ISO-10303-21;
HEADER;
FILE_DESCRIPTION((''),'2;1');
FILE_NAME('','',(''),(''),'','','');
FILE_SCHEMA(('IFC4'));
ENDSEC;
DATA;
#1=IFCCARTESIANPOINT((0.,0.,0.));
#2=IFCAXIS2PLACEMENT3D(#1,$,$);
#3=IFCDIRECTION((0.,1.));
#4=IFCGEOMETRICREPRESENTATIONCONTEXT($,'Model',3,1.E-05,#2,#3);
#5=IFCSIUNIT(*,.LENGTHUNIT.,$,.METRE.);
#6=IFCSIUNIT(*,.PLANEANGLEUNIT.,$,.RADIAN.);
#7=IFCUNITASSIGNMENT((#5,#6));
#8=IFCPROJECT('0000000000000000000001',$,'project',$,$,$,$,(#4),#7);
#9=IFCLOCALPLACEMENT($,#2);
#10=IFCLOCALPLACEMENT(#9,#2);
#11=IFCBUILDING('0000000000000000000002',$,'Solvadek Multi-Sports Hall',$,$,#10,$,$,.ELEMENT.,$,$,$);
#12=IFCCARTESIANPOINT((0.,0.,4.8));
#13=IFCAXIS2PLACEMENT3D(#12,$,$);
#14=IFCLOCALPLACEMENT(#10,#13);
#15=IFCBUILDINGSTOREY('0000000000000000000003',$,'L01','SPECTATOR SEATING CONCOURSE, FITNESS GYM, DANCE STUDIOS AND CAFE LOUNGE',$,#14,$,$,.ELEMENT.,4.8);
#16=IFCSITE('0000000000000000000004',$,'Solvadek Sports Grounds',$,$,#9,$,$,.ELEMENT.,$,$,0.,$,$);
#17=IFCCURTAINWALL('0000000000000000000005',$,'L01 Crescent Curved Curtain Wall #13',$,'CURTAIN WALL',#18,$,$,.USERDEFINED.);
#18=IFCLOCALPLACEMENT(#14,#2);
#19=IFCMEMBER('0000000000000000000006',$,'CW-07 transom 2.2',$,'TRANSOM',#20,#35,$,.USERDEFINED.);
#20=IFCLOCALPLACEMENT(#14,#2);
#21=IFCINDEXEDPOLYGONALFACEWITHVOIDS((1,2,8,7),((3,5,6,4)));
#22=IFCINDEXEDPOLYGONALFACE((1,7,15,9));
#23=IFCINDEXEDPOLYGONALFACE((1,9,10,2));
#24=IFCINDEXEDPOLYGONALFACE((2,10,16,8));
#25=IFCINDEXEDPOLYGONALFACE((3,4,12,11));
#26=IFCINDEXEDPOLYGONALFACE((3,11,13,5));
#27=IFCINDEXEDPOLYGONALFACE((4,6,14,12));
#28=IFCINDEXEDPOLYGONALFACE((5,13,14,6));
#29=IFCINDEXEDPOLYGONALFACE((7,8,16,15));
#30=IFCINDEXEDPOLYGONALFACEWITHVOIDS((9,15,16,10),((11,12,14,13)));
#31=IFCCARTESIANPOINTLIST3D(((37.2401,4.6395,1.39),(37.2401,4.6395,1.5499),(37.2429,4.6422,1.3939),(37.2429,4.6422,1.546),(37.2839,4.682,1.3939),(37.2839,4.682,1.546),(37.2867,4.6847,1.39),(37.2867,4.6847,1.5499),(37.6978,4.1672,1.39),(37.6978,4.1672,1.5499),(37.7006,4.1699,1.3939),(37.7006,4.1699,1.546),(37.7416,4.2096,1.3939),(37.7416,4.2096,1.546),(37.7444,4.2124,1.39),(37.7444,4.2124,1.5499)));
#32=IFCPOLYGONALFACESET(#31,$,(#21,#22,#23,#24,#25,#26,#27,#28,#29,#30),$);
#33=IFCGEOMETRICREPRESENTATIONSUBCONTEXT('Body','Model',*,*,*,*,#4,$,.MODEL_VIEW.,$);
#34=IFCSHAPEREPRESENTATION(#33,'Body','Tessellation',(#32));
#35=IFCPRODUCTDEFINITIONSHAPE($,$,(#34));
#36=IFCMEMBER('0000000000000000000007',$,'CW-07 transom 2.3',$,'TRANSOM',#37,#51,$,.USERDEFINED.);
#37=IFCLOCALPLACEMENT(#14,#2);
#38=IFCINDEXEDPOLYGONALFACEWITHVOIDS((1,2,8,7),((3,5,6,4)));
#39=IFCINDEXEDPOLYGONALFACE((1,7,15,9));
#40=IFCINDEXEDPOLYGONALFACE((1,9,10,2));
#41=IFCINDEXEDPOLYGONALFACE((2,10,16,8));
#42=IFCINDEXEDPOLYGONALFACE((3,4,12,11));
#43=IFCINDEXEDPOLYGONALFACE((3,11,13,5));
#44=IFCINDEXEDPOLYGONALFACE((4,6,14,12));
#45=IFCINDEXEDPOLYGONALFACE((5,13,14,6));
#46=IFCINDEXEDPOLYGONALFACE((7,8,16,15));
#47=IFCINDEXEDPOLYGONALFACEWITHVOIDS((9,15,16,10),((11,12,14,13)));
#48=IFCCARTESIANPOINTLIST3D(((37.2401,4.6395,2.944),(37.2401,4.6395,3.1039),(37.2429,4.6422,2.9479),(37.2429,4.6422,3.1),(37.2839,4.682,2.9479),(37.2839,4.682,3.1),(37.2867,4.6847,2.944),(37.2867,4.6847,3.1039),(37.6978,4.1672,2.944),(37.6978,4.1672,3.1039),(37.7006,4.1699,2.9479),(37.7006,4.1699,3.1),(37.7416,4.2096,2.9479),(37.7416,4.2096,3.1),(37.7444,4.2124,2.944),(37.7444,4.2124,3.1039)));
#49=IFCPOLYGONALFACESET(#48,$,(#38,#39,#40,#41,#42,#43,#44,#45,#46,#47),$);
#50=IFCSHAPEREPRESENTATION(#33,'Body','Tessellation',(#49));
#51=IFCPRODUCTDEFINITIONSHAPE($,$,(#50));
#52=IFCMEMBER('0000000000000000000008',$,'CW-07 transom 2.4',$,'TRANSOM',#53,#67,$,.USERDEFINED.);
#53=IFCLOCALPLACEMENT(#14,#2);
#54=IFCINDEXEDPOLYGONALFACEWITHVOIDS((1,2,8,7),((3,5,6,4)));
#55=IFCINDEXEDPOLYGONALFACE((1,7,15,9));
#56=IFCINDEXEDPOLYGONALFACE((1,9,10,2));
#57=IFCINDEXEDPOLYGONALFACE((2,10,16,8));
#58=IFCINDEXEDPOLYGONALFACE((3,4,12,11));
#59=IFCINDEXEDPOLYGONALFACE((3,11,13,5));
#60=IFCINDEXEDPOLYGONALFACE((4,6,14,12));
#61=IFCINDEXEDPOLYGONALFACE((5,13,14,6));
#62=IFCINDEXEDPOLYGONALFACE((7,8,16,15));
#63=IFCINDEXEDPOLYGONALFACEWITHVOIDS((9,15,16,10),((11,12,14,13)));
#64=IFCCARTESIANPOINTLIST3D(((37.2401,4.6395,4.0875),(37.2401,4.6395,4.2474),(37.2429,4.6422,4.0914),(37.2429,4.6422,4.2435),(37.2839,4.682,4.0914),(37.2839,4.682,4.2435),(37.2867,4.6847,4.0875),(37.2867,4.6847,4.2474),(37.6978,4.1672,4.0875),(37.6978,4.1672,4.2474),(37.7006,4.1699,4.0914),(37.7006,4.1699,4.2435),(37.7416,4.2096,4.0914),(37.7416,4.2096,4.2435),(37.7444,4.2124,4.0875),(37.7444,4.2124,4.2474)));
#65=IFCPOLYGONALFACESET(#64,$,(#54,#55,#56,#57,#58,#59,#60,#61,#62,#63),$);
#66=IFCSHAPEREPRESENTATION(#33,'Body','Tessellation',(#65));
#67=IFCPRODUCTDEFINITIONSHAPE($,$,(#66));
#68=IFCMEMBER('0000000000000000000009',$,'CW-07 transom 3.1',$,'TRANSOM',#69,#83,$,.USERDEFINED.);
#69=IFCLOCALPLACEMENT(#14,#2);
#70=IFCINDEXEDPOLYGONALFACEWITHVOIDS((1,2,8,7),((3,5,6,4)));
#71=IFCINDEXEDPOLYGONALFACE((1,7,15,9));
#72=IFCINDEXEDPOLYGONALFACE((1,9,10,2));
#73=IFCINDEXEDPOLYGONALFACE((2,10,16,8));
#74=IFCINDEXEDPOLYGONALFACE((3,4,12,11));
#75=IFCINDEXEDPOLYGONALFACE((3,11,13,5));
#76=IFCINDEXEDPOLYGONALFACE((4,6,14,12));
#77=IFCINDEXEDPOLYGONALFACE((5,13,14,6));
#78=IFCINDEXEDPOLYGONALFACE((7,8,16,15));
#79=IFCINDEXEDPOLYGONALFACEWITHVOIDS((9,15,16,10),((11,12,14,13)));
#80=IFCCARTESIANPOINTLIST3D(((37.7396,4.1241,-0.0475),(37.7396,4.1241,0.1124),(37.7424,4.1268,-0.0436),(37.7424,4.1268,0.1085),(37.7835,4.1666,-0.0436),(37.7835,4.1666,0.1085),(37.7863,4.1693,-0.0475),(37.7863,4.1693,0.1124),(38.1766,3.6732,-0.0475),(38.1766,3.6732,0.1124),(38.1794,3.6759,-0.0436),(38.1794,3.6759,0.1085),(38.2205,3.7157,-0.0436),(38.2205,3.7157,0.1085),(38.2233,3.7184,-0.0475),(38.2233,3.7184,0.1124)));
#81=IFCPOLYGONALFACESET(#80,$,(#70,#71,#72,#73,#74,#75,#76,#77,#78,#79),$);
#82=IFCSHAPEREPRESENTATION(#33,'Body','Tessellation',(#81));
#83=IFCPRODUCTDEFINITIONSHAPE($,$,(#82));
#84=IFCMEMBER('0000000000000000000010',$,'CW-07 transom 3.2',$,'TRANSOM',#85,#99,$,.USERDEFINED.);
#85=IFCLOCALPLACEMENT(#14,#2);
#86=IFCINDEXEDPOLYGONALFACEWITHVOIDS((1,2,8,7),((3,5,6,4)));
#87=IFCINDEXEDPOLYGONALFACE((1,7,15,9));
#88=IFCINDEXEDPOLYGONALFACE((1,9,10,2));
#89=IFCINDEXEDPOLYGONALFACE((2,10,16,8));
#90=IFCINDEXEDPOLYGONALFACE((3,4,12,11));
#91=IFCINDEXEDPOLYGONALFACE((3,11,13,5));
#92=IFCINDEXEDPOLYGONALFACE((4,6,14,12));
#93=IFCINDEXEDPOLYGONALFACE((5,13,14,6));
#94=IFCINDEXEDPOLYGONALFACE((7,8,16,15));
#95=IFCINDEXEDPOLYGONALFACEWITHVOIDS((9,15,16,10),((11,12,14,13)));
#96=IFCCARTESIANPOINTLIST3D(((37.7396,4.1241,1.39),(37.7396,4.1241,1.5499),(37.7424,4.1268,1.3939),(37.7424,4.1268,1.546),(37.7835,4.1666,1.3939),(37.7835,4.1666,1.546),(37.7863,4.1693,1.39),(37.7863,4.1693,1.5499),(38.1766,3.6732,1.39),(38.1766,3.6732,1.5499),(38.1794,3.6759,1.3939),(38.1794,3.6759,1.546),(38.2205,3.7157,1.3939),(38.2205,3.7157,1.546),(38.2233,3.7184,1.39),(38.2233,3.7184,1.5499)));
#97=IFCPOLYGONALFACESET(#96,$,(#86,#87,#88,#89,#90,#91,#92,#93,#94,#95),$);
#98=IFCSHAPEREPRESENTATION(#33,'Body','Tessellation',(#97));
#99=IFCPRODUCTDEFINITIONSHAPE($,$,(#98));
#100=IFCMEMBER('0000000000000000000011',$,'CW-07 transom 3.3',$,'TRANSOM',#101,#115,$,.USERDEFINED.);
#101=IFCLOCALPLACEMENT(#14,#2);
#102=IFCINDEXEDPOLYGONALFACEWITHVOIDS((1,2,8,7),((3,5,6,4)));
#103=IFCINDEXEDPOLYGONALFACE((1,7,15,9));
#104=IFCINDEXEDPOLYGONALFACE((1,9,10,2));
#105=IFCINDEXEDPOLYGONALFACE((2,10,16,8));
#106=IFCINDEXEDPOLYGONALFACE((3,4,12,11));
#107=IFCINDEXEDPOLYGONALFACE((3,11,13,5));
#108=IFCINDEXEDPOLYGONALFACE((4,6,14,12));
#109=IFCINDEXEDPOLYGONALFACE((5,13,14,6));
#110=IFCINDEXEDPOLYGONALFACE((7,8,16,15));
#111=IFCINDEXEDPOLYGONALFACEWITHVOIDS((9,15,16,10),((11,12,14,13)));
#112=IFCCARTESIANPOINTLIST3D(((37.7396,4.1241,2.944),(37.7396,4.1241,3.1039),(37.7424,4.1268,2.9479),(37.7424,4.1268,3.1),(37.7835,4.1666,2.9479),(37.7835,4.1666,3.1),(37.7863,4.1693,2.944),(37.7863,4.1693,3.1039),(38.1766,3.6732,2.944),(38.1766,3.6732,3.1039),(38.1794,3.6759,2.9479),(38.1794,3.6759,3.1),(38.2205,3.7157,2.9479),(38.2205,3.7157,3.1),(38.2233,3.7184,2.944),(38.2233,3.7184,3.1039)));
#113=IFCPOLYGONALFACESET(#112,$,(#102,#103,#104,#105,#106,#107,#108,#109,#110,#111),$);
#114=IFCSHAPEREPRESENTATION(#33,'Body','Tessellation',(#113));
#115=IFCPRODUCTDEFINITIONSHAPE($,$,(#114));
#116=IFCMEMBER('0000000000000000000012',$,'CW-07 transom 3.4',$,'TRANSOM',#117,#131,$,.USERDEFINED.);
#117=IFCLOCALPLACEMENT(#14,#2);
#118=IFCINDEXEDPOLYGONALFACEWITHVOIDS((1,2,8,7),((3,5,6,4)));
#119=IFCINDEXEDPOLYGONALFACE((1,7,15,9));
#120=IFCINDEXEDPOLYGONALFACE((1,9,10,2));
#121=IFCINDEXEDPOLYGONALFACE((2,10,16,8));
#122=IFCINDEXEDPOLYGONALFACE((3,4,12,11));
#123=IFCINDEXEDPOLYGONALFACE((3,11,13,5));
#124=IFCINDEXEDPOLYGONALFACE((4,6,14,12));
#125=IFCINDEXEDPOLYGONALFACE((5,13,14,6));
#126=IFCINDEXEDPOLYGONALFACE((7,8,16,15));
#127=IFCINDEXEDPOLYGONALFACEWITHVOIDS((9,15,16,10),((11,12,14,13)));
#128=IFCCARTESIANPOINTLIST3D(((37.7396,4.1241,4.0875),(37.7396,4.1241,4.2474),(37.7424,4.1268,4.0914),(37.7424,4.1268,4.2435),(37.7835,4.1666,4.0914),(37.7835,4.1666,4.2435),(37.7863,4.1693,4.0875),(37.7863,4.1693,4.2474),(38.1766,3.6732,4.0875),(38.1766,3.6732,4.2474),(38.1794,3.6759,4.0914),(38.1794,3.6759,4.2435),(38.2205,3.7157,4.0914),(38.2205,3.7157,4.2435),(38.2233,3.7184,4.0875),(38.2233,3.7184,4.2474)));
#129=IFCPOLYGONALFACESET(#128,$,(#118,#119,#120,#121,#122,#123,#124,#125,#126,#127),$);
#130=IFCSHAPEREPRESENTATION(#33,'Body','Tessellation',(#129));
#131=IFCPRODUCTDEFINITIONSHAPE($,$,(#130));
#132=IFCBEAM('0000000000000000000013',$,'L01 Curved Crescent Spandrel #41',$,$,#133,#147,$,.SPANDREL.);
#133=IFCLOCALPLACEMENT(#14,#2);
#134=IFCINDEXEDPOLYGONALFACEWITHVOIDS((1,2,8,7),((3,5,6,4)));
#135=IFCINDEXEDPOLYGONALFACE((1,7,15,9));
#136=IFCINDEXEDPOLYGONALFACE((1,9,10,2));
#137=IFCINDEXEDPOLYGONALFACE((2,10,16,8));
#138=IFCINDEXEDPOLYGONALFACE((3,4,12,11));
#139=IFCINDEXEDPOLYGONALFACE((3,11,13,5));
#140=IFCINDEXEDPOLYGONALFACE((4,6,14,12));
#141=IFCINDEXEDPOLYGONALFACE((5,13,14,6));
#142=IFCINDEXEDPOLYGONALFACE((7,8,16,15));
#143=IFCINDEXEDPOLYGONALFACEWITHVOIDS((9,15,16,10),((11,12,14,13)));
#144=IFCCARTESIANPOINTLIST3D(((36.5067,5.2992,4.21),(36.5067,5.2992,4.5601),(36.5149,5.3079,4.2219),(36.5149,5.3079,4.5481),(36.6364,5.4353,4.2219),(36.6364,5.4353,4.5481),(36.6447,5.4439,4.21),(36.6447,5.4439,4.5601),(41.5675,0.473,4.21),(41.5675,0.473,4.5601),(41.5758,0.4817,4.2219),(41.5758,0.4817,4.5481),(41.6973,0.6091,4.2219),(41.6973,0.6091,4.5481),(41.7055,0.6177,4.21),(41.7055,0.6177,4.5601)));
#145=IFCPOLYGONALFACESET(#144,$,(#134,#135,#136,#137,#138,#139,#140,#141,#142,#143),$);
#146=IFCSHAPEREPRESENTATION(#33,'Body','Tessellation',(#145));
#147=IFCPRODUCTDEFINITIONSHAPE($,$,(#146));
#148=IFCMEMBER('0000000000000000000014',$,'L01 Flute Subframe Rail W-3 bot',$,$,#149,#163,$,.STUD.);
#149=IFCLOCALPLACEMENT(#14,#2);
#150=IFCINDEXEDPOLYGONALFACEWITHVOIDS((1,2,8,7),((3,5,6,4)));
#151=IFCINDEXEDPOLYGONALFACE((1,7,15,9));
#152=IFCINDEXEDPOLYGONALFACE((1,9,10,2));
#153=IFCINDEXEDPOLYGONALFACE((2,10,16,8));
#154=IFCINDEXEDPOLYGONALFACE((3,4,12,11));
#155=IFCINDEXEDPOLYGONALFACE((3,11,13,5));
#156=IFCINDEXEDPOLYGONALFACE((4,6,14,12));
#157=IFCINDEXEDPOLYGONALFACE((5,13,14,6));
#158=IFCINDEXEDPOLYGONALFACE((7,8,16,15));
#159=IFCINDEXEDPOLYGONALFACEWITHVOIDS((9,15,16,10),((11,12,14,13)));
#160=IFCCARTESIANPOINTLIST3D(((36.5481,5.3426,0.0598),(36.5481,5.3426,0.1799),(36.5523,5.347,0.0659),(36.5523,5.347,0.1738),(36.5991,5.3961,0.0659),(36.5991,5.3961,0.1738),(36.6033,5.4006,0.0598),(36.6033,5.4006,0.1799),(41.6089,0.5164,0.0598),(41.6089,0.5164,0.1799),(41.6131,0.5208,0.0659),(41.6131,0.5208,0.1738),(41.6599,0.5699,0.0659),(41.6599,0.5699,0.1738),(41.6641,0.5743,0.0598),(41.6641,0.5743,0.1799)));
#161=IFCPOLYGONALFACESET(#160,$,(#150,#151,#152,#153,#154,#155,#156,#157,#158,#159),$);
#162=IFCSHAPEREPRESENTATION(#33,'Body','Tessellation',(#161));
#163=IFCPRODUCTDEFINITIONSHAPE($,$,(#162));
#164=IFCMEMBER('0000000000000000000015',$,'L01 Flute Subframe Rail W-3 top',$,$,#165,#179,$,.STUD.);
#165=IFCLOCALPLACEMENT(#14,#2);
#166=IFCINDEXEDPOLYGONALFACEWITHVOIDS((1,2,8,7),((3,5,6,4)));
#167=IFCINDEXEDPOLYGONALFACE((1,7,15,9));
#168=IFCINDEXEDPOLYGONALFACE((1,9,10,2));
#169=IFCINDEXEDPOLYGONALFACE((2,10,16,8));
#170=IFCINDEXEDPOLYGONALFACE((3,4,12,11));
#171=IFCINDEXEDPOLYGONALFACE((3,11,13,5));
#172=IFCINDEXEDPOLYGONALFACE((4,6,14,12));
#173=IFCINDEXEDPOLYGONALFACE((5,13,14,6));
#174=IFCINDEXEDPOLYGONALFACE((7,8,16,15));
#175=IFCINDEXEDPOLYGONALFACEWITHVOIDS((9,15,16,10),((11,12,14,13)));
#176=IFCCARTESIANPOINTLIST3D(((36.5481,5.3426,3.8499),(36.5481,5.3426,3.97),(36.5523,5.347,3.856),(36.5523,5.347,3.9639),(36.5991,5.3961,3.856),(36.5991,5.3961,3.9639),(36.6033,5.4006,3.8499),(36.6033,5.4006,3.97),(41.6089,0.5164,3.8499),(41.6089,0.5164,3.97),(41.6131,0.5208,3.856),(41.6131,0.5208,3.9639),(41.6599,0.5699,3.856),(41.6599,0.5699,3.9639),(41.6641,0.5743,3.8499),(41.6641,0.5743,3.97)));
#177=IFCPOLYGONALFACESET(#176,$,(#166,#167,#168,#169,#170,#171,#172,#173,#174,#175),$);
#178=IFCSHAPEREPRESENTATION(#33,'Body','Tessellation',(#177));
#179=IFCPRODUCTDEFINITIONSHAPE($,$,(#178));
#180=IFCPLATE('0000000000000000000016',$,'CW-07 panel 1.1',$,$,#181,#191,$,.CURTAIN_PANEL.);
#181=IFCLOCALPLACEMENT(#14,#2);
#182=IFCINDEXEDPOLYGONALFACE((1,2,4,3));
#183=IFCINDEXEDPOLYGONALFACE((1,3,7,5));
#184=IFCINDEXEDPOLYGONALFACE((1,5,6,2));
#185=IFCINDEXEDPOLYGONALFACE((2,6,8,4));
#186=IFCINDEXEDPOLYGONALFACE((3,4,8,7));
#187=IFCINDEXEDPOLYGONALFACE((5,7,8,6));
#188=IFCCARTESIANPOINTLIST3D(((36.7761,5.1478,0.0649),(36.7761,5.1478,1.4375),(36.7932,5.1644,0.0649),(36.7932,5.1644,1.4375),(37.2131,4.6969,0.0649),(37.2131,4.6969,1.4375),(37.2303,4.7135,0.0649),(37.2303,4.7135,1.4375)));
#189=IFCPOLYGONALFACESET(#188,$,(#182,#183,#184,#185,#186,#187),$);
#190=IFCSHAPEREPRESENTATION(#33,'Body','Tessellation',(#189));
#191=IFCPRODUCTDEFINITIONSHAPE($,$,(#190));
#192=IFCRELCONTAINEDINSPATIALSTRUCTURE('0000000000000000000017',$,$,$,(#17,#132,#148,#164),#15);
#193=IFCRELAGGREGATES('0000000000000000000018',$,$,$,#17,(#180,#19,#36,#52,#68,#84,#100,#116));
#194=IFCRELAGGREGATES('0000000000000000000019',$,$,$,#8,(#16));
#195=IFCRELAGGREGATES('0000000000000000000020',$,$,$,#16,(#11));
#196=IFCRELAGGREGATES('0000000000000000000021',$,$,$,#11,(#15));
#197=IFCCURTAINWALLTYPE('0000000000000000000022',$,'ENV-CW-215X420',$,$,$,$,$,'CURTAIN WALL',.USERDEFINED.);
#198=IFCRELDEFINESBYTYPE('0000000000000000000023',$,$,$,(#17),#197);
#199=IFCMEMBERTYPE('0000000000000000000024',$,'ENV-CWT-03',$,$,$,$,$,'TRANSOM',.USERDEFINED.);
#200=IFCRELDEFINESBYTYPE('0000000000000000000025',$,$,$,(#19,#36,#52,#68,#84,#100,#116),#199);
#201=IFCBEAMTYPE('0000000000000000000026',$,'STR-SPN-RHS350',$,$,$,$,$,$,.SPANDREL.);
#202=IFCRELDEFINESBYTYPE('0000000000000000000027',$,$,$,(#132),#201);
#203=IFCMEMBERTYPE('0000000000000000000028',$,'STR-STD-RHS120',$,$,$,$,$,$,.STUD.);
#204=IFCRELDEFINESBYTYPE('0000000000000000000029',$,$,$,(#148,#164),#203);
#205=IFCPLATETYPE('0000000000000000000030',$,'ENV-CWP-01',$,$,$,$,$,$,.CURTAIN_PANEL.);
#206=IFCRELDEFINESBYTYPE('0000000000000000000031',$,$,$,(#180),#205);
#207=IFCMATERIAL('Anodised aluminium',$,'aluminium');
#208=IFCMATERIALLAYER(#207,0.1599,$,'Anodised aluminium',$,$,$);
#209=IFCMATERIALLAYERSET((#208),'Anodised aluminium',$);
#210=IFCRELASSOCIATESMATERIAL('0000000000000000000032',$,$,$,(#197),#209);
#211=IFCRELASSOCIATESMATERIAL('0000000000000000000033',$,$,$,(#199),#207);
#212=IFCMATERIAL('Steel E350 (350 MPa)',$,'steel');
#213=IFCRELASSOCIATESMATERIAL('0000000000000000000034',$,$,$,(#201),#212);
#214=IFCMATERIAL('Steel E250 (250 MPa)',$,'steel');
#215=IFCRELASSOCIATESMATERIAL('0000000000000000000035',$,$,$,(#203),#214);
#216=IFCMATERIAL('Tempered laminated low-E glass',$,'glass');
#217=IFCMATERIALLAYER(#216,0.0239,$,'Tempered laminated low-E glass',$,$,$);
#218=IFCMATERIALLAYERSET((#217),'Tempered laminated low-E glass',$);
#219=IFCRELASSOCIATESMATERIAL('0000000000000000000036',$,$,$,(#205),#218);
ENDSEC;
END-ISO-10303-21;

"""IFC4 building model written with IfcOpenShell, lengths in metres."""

from ifc_helpers import new_model, si_unit, direction, frame, origin, origin_2d, place, context, subcontext, project, spatial, rectangle, hollow_rectangle, extrude, material, layer, layer_set, material_profile, profile_set, type_object, element, aggregate, save


model = new_model("IFC4")

# Units and contexts
model_context = context("Model", 3, precision=1e-05, world=origin(), true_north=direction((0.0, 1.0)))
body_context = subcontext(model_context, "Body", "Model", "MODEL_VIEW")
ifc_project = project(units=[si_unit("LENGTHUNIT", "METRE"), si_unit("PLANEANGLEUNIT", "RADIAN")], contexts=[model_context])

# Site, building, storey
site_placement = place(None, origin())
site = spatial("IfcSite", under=ifc_project, at=site_placement, Name="Solvadek Sports Grounds", CompositionType="ELEMENT", RefElevation=0.0)
building_placement = place(site_placement, origin())
building = spatial("IfcBuilding", under=site, at=building_placement, Name="Solvadek Multi-Sports Hall", CompositionType="ELEMENT")
storey_placement = place(building_placement, frame((0.0, 0.0, 4.8)))
storey = spatial("IfcBuildingStorey", under=building, at=storey_placement, Name="L01", Description="SPECTATOR SEATING CONCOURSE, FITNESS GYM, DANCE STUDIOS AND CAFE LOUNGE", CompositionType="ELEMENT", Elevation=4.8)

# Shared definitions
ifc_material_1 = material(Name="Steel E350 (350 MPa)", Category="steel")

# Shared definitions
ifc_material_2 = material(Name="Anodised aluminium", Category="aluminium")

# Curtain wall, members
ifc_layer_1 = layer(ifc_material_2, 0.1599, Name="Anodised aluminium")
ifc_layer_set_1 = layer_set([ifc_layer_1], Name="Anodised aluminium")
curtain_wall_type_1 = type_object("IfcCurtainWallType", Name="ENV-CW-215X420", ElementType="CURTAIN WALL", PredefinedType="USERDEFINED", material=ifc_layer_set_1)
curtain_wall_1_placement = place(storey_placement, origin())
curtain_wall_1 = element("IfcCurtainWall", 1, at=curtain_wall_1_placement, inside=storey, type_object=curtain_wall_type_1, Name="L01 Crescent Curved Curtain Wall #13", ObjectType="CURTAIN WALL", PredefinedType="USERDEFINED")
ifc_material_profile_1 = material_profile(ifc_material_2, hollow_rectangle(XDim=0.0649, YDim=0.1599, WallThickness=0.0039, at=origin_2d()), Name="ALU-T 160x65x4")
ifc_profile_set_1 = profile_set([ifc_material_profile_1], Name="Anodised aluminium")
member_type_1 = type_object("IfcMemberType", Name="ENV-CWT-03", ElementType="TRANSOM", PredefinedType="USERDEFINED", material=ifc_profile_set_1)
member_1_placement = place(storey_placement, frame((37.2634, 4.6621, 1.47), z_axis=(0.695885, -0.718153, 0.0), x_axis=(0.718153, 0.695885, 0.0)))
member_1 = element("IfcMember", 2, at=member_1_placement, type_object=member_type_1, Name="CW-07 transom 2.2", ObjectType="TRANSOM", PredefinedType="USERDEFINED", context=body_context, shape_type="SweptSolid", body=[
    extrude(hollow_rectangle(XDim=0.0649, YDim=0.1599, WallThickness=0.0039, at=origin_2d()), origin(), (0.0, 0.0, 1.0), 0.6577),
])
member_2_placement = place(storey_placement, frame((37.2634, 4.6621, 3.0239), z_axis=(0.695885, -0.718153, 0.0), x_axis=(0.718153, 0.695885, 0.0)))
member_2 = element("IfcMember", 3, at=member_2_placement, type_object=member_type_1, Name="CW-07 transom 2.3", ObjectType="TRANSOM", PredefinedType="USERDEFINED", context=body_context, shape_type="SweptSolid", body=[
    extrude(hollow_rectangle(XDim=0.0649, YDim=0.1599, WallThickness=0.0039, at=origin_2d()), origin(), (0.0, 0.0, 1.0), 0.6577),
])
member_3_placement = place(storey_placement, frame((37.2634, 4.6621, 4.1675), z_axis=(0.695885, -0.718153, 0.0), x_axis=(0.718153, 0.695885, 0.0)))
member_3 = element("IfcMember", 4, at=member_3_placement, type_object=member_type_1, Name="CW-07 transom 2.4", ObjectType="TRANSOM", PredefinedType="USERDEFINED", context=body_context, shape_type="SweptSolid", body=[
    extrude(hollow_rectangle(XDim=0.0649, YDim=0.1599, WallThickness=0.0039, at=origin_2d()), origin(), (0.0, 0.0, 1.0), 0.6577),
])
member_4_placement = place(storey_placement, frame((37.7629, 4.1467, 0.0325), z_axis=(0.695939, -0.718101, 0.0), x_axis=(0.718101, 0.695939, 0.0)))
member_4 = element("IfcMember", 5, at=member_4_placement, type_object=member_type_1, Name="CW-07 transom 3.1", ObjectType="TRANSOM", PredefinedType="USERDEFINED", context=body_context, shape_type="SweptSolid", body=[
    extrude(hollow_rectangle(XDim=0.0649, YDim=0.1599, WallThickness=0.0039, at=origin_2d()), origin(), (0.0, 0.0, 1.0), 0.6279),
])
member_5_placement = place(storey_placement, frame((37.7629, 4.1467, 1.47), z_axis=(0.695939, -0.718101, 0.0), x_axis=(0.718101, 0.695939, 0.0)))
member_5 = element("IfcMember", 6, at=member_5_placement, type_object=member_type_1, Name="CW-07 transom 3.2", ObjectType="TRANSOM", PredefinedType="USERDEFINED", context=body_context, shape_type="SweptSolid", body=[
    extrude(hollow_rectangle(XDim=0.0649, YDim=0.1599, WallThickness=0.0039, at=origin_2d()), origin(), (0.0, 0.0, 1.0), 0.6279),
])
member_6_placement = place(storey_placement, frame((37.7629, 4.1467, 3.0239), z_axis=(0.695939, -0.718101, 0.0), x_axis=(0.718101, 0.695939, 0.0)))
member_6 = element("IfcMember", 7, at=member_6_placement, type_object=member_type_1, Name="CW-07 transom 3.3", ObjectType="TRANSOM", PredefinedType="USERDEFINED", context=body_context, shape_type="SweptSolid", body=[
    extrude(hollow_rectangle(XDim=0.0649, YDim=0.1599, WallThickness=0.0039, at=origin_2d()), origin(), (0.0, 0.0, 1.0), 0.6279),
])
member_7_placement = place(storey_placement, frame((37.7629, 4.1467, 4.1675), z_axis=(0.695939, -0.718101, 0.0), x_axis=(0.718101, 0.695939, 0.0)))
member_7 = element("IfcMember", 8, at=member_7_placement, type_object=member_type_1, Name="CW-07 transom 3.4", ObjectType="TRANSOM", PredefinedType="USERDEFINED", context=body_context, shape_type="SweptSolid", body=[
    extrude(hollow_rectangle(XDim=0.0649, YDim=0.1599, WallThickness=0.0039, at=origin_2d()), origin(), (0.0, 0.0, 1.0), 0.6279),
])

# Beam
ifc_material_profile_2 = material_profile(ifc_material_1, hollow_rectangle(XDim=0.2, YDim=0.3501, WallThickness=0.012, at=origin_2d()), Name="RHS 350x200x12")
ifc_profile_set_2 = profile_set([ifc_material_profile_2], Name="Steel E350 (350 MPa)")
beam_type = type_object("IfcBeamType", Name="STR-SPN-RHS350", PredefinedType="SPANDREL", material=ifc_profile_set_2)
beam_placement = place(storey_placement, frame((36.5757, 5.3716, 4.385), z_axis=(0.723683, -0.690133, 0.0), x_axis=(0.690133, 0.723683, 0.0)))
element("IfcBeam", 9, at=beam_placement, inside=storey, type_object=beam_type, Name="L01 Curved Crescent Spandrel #41", PredefinedType="SPANDREL", context=body_context, shape_type="SweptSolid", body=[
    extrude(hollow_rectangle(XDim=0.2, YDim=0.3501, WallThickness=0.012, at=origin_2d()), origin(), (0.0, 0.0, 1.0), 6.9932),
])

# Members
ifc_material_3 = material(Name="Steel E250 (250 MPa)", Category="steel")
ifc_material_profile_3 = material_profile(ifc_material_3, hollow_rectangle(XDim=0.0801, YDim=0.1201, WallThickness=0.0061, at=origin_2d()), Name="RHS 120x80x6")
ifc_profile_set_3 = profile_set([ifc_material_profile_3], Name="Steel E250 (250 MPa)")
member_type_2 = type_object("IfcMemberType", Name="STR-STD-RHS120", PredefinedType="STUD", material=ifc_profile_set_3)
for number, where, z_axis, x_axis, name in (
    (10, (36.5757, 5.3716, 0.1199), (0.723683, -0.690133, 0.0), (0.690133, 0.723683, 0.0), "L01 Flute Subframe Rail W-3 bot"),
    (11, (36.5757, 5.3716, 3.9099), (0.723683, -0.690133, 0.0), (0.690133, 0.723683, 0.0), "L01 Flute Subframe Rail W-3 top"),
):
    element("IfcMember", number, at=place(storey_placement, frame(where, z_axis=z_axis, x_axis=x_axis)), inside=storey, type_object=member_type_2, Name=name, PredefinedType="STUD", context=body_context, shape_type="SweptSolid", body=[
        extrude(hollow_rectangle(XDim=0.0801, YDim=0.1201, WallThickness=0.0061, at=origin_2d()), origin(), (0.0, 0.0, 1.0), 6.9932),
    ])

# Plate
ifc_material_4 = material(Name="Tempered laminated low-E glass", Category="glass")
ifc_layer_2 = layer(ifc_material_4, 0.0239, Name="Tempered laminated low-E glass")
ifc_layer_set_2 = layer_set([ifc_layer_2], Name="Tempered laminated low-E glass")
plate_type_1 = type_object("IfcPlateType", Name="ENV-CWP-01", PredefinedType="CURTAIN_PANEL", material=ifc_layer_set_2)
plate_1_placement = place(storey_placement, frame((37.0032, 4.9307, 0.0649), z_axis=(0.0, 0.0, 1.0), x_axis=(0.695994, -0.718048, 0.0)))
plate_1 = element("IfcPlate", 12, at=plate_1_placement, type_object=plate_type_1, Name="CW-07 panel 1.1", PredefinedType="CURTAIN_PANEL", context=body_context, shape_type="SweptSolid", body=[
    extrude(rectangle(XDim=0.6279, YDim=0.0239, at=origin_2d()), origin(), (0.0, 0.0, 1.0), 1.3726),
])
aggregate(curtain_wall_1, [plate_1, member_1, member_2, member_3, member_4, member_5, member_6, member_7])

save(model, "model.ifc")
